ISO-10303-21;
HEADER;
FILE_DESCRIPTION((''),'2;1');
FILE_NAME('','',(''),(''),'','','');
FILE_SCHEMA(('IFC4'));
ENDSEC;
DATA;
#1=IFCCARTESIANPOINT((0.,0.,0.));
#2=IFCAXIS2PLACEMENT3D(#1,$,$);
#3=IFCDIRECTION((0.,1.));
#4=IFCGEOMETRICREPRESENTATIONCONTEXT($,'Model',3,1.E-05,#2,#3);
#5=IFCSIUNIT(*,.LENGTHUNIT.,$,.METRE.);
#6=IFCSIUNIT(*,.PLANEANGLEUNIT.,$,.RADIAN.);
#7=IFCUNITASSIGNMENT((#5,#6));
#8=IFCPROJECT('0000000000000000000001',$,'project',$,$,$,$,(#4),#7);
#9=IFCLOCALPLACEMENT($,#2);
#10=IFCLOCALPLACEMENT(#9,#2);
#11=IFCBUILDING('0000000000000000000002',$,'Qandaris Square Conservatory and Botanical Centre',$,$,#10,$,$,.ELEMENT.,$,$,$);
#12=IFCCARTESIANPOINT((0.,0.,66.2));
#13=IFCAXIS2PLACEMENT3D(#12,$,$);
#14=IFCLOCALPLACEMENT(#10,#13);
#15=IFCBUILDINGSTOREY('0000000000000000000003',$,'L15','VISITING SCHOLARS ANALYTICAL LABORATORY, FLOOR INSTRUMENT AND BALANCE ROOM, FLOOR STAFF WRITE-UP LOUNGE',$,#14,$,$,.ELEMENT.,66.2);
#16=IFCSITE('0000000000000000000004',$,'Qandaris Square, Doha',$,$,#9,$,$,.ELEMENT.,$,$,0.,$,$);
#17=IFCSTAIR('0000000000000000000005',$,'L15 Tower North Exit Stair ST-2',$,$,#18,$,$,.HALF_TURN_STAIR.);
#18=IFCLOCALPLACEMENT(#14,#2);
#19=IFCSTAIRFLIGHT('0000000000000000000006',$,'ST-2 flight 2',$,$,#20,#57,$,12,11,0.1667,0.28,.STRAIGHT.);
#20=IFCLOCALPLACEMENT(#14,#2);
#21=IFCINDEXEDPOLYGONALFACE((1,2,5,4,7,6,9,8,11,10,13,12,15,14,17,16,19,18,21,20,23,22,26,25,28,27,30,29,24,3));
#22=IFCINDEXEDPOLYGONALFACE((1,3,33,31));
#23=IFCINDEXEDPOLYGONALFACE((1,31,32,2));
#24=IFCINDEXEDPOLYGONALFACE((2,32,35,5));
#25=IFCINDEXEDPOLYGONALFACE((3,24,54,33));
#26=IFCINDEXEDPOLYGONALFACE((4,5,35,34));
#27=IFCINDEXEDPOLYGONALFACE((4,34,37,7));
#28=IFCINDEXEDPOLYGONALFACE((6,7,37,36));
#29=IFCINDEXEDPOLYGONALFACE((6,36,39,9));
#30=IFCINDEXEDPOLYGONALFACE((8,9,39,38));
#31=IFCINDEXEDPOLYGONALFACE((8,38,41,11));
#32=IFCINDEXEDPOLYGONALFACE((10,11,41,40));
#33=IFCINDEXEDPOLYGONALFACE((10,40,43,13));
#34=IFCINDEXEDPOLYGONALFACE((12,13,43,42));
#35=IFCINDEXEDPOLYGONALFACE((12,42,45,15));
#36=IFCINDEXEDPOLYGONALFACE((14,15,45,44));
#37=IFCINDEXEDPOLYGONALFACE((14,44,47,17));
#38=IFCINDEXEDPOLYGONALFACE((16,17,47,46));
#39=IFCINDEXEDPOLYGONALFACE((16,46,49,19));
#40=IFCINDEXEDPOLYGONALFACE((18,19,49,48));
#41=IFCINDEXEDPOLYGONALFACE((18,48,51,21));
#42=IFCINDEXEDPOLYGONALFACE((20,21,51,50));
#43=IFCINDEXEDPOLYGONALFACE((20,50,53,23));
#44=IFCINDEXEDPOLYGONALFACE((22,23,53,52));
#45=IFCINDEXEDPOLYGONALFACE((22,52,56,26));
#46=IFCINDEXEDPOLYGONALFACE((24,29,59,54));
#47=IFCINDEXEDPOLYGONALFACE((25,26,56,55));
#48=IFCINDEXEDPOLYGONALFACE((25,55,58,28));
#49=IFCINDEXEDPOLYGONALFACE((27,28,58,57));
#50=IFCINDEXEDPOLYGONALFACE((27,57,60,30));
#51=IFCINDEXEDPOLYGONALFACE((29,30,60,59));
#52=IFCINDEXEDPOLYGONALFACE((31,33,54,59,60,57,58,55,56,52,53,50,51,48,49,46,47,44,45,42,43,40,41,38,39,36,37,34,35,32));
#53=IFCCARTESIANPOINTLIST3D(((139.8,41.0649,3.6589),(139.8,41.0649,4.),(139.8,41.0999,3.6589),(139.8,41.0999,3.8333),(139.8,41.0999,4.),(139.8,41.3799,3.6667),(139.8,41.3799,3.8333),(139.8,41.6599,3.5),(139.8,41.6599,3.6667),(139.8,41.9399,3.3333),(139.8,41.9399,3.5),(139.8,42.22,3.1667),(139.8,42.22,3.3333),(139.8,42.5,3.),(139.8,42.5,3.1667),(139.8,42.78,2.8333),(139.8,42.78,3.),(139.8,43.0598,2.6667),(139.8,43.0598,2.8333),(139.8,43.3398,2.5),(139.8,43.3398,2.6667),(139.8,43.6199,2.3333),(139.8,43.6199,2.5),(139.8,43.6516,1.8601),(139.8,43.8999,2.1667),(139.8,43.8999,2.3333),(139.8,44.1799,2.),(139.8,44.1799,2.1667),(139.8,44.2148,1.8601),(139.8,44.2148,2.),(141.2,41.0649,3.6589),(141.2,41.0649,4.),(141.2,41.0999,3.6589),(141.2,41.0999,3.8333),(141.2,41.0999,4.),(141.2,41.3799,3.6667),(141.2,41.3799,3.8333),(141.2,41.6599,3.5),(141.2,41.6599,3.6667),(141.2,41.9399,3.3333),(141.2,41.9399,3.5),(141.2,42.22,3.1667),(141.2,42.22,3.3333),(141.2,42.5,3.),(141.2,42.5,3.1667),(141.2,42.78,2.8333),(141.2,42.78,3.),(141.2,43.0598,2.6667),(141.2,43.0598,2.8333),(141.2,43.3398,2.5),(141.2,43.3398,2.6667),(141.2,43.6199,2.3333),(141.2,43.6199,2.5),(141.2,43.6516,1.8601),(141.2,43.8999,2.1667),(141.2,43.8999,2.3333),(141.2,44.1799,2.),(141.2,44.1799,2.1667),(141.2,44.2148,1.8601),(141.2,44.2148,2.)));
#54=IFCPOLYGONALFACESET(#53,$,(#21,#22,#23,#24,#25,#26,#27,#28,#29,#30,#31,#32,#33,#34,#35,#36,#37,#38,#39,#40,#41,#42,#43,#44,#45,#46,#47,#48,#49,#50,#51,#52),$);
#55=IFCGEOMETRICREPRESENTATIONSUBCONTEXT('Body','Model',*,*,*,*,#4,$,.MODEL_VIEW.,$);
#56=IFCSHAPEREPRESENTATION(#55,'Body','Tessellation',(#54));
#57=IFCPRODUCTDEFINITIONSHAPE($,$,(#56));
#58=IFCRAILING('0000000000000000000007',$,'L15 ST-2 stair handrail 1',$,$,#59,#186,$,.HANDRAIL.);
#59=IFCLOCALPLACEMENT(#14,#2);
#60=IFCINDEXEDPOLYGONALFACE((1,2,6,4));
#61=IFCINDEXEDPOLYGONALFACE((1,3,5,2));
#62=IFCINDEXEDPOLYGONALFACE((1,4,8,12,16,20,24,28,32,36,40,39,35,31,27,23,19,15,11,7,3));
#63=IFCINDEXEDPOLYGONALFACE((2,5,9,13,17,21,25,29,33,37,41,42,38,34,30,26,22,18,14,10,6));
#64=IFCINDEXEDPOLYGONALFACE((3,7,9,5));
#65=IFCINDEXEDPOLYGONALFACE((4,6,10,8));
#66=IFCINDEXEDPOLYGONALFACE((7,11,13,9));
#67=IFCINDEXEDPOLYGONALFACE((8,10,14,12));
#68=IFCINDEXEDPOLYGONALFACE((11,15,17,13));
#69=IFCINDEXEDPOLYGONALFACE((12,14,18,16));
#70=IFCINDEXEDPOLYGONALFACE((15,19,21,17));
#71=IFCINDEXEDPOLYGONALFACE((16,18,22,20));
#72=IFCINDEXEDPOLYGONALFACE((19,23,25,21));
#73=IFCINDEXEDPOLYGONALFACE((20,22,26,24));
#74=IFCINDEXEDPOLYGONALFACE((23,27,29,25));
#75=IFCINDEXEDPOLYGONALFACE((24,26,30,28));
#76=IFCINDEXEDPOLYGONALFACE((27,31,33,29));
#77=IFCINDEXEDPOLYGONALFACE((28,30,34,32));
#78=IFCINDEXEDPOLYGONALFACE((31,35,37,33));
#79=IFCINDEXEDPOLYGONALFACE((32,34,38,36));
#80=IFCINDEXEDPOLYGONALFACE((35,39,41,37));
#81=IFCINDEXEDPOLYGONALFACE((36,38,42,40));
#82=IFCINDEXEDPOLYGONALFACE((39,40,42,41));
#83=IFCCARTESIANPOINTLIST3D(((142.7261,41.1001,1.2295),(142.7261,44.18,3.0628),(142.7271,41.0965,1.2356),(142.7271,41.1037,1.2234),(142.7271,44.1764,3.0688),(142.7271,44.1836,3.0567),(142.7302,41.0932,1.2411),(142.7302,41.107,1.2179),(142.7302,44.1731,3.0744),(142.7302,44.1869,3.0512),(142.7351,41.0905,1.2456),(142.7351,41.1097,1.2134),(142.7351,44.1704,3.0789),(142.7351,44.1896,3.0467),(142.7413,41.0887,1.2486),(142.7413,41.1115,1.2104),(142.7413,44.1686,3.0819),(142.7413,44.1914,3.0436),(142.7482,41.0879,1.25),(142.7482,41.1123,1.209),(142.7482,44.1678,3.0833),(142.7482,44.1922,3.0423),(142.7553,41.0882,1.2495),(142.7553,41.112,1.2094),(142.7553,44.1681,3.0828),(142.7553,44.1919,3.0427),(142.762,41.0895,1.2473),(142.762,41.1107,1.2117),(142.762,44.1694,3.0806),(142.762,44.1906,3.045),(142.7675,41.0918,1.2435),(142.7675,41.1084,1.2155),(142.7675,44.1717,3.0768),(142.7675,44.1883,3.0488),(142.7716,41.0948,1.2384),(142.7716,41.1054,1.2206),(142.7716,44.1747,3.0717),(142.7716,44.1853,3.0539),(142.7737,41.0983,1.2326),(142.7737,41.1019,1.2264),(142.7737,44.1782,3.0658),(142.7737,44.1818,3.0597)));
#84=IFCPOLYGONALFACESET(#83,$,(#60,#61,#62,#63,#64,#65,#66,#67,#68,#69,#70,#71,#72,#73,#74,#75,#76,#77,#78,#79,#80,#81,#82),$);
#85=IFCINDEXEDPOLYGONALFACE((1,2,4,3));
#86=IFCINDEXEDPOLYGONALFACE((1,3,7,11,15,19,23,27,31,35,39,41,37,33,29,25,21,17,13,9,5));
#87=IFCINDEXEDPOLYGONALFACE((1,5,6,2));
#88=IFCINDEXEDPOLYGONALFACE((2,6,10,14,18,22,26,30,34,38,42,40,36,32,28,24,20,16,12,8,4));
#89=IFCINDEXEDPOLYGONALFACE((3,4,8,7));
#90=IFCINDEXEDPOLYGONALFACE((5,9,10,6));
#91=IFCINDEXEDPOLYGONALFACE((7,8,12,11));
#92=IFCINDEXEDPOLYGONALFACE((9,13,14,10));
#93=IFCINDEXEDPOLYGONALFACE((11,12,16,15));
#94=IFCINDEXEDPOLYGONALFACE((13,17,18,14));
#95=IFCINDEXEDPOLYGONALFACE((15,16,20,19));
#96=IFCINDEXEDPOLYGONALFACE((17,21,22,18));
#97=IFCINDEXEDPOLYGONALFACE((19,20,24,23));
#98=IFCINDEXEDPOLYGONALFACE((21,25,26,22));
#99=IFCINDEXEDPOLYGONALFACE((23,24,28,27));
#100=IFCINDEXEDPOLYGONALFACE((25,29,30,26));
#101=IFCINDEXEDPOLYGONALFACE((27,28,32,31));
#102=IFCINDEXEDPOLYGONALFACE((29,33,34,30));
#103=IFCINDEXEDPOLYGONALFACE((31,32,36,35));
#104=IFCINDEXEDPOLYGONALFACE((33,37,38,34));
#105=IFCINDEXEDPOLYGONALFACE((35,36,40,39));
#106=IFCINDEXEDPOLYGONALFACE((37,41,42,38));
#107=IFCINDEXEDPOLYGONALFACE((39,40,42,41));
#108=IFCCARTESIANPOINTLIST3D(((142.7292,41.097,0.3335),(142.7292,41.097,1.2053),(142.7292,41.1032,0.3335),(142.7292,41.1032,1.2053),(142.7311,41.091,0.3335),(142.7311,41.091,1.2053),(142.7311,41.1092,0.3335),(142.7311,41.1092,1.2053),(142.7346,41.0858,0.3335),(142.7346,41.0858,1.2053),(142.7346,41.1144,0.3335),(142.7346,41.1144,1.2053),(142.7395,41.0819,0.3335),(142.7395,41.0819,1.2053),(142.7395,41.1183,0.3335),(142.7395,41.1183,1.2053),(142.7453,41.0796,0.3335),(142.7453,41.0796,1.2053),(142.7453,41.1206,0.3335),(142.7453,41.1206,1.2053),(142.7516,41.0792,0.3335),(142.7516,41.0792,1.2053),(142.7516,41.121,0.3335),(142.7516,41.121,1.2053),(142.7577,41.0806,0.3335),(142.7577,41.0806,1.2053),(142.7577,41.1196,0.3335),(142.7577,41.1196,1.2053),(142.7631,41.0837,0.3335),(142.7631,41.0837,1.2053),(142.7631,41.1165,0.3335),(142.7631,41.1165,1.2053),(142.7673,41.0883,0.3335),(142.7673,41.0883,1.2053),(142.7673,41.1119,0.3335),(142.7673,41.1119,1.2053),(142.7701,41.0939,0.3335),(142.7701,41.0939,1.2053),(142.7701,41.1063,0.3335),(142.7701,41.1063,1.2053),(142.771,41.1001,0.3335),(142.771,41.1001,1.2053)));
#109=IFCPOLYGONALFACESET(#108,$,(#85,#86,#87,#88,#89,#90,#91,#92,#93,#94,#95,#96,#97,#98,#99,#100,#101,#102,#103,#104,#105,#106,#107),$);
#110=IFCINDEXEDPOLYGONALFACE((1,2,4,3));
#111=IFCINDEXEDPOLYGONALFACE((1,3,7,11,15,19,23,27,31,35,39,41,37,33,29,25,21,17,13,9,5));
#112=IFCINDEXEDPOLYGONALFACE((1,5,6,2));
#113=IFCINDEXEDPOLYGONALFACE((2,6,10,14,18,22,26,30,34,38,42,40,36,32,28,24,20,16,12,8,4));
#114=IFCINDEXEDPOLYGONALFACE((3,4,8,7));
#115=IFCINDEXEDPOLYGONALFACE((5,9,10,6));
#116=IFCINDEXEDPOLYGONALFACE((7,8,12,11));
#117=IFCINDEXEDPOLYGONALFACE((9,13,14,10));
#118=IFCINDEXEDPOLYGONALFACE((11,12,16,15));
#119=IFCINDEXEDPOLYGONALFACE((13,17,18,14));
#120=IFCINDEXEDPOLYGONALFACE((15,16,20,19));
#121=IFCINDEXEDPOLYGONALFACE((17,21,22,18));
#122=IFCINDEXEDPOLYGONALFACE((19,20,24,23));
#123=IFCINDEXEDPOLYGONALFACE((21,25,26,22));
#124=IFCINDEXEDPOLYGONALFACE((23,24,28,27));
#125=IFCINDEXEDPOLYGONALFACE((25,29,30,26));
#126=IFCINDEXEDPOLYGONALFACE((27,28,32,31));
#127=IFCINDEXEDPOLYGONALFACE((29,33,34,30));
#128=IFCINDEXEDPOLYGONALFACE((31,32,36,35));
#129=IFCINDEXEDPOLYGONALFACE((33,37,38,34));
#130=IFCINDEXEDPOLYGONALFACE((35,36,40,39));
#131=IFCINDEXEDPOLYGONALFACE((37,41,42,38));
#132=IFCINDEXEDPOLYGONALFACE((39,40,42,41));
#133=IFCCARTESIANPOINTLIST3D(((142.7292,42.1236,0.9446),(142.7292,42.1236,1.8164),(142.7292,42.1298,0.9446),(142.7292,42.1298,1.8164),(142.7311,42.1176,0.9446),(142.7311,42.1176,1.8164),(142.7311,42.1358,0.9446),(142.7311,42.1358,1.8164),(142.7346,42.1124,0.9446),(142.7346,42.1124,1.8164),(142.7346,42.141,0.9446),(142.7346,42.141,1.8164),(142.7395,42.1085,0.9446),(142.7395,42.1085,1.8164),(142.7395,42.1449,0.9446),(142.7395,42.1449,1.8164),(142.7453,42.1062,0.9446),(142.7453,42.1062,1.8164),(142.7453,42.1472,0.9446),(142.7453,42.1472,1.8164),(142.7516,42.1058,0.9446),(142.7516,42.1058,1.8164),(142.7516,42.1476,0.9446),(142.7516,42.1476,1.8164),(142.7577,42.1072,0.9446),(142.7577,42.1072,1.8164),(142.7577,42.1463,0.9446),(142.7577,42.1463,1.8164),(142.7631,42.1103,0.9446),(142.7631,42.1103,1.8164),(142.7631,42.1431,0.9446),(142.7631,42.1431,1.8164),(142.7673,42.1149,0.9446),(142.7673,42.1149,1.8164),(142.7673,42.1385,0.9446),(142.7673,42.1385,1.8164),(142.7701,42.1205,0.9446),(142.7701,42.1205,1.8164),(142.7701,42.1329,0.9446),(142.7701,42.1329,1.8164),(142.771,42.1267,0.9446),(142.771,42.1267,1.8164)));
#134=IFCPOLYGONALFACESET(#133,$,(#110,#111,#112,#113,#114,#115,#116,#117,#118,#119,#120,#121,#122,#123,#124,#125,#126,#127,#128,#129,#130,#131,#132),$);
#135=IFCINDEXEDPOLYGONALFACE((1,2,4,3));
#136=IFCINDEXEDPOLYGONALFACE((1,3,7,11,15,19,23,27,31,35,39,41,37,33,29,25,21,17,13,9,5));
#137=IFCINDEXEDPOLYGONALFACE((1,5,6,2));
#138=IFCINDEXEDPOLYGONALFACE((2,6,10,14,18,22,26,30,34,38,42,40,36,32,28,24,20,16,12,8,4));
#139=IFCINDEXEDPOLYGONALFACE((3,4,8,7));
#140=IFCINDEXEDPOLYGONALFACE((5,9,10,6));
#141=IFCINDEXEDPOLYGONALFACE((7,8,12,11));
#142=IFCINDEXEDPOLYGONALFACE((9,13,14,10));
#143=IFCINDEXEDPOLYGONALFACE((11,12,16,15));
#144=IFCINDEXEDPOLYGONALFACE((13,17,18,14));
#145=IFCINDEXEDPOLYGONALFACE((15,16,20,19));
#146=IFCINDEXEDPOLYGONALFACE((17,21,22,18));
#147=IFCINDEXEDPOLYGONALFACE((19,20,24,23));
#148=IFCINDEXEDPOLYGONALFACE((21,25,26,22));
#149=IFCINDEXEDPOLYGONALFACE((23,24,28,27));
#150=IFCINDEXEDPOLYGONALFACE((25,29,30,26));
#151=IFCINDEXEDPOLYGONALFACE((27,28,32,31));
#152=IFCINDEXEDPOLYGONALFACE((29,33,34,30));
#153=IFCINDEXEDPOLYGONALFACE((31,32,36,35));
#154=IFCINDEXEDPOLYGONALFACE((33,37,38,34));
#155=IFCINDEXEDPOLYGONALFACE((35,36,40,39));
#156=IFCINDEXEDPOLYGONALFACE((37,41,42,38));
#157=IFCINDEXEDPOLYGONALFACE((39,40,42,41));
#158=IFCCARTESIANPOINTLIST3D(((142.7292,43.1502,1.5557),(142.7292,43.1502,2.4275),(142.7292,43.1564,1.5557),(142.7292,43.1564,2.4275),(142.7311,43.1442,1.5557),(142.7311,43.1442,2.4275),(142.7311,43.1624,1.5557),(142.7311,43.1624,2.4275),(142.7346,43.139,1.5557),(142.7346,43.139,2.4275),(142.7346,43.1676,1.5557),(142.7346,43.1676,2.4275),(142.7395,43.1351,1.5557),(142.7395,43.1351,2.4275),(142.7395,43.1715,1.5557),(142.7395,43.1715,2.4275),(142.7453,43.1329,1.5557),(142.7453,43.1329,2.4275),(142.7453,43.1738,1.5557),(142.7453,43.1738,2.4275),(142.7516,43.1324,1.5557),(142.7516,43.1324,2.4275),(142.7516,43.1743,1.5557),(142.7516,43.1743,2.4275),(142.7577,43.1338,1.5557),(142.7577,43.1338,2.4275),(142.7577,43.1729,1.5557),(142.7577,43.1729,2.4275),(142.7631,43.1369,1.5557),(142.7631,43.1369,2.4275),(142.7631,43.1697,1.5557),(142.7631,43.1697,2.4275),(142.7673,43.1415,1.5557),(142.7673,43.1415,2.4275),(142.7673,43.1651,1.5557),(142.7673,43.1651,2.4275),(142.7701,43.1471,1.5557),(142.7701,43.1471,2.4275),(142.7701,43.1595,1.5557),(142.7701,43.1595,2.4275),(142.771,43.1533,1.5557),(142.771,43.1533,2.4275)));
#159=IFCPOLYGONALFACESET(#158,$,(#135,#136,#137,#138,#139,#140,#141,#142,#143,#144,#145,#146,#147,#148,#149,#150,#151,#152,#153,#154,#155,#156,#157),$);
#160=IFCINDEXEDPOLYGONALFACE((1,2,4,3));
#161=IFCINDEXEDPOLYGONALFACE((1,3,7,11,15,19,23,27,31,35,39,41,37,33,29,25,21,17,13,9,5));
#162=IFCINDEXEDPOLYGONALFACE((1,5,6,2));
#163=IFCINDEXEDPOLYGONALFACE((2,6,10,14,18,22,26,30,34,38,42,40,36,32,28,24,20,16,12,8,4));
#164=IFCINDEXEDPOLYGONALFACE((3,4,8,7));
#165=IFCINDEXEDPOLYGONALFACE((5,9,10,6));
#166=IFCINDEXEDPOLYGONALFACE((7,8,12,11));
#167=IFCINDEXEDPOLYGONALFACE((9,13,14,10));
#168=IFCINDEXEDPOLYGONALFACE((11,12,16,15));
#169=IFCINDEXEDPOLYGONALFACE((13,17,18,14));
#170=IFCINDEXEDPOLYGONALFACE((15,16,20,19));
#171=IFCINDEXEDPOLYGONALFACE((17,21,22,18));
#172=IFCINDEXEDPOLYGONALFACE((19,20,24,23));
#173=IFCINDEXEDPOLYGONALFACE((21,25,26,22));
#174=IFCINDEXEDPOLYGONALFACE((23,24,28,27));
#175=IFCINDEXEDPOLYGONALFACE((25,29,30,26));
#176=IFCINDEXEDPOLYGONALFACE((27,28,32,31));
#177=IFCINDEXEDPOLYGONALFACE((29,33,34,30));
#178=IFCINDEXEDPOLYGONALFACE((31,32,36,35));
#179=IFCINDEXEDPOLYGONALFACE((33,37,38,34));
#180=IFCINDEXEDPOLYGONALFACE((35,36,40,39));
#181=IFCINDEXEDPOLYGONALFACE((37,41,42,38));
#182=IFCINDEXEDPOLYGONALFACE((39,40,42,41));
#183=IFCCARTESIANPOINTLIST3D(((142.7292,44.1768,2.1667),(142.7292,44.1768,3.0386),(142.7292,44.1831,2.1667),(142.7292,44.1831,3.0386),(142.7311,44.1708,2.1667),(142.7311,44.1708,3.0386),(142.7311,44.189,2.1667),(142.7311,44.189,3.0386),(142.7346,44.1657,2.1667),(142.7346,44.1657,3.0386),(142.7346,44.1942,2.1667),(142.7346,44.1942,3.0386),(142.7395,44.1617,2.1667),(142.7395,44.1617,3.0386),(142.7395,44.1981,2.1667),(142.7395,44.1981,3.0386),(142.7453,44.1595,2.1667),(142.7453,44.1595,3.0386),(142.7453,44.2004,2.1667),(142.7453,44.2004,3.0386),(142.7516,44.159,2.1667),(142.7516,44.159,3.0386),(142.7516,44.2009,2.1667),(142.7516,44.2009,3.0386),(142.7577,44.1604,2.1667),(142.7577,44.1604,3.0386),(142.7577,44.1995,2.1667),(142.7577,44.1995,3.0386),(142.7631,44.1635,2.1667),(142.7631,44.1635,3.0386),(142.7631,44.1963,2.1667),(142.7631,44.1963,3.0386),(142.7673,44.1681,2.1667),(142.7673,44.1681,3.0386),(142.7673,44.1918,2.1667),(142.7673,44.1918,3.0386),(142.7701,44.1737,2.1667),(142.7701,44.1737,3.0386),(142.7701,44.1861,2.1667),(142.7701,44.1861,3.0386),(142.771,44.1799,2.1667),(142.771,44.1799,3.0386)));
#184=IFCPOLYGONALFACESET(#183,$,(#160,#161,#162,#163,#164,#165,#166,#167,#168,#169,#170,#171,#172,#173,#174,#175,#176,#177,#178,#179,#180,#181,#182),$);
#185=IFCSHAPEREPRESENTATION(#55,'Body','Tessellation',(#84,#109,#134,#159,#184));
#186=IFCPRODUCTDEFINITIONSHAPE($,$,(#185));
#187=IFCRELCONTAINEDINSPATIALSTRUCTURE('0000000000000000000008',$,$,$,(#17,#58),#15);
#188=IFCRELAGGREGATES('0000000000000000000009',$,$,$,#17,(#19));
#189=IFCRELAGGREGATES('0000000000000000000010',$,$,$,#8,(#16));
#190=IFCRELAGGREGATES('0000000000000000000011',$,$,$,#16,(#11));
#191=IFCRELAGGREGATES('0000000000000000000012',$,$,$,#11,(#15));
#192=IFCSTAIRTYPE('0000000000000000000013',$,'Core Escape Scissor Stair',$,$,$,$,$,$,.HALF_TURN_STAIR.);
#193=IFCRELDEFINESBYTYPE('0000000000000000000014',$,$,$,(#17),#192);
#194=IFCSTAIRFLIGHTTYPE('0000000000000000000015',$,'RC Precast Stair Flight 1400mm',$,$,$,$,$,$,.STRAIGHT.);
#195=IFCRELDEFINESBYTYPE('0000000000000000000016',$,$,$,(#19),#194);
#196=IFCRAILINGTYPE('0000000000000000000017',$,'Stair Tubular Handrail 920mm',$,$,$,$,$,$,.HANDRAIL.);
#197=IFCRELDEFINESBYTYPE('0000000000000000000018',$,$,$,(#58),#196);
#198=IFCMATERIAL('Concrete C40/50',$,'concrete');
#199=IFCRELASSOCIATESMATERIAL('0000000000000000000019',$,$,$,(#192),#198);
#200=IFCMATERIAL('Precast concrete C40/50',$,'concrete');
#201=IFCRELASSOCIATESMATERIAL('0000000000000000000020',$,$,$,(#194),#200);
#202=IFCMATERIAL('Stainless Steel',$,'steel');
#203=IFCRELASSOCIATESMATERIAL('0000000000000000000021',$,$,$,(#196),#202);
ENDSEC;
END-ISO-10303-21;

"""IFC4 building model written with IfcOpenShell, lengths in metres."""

from ifc_helpers import new_model, si_unit, direction, frame, origin, origin_2d, place, context, subcontext, project, spatial, polyline, circle, outline, extrude, material, type_object, element, aggregate, save


model = new_model("IFC4")

# Units and contexts
model_context = context("Model", 3, precision=1e-05, world=origin(), true_north=direction((0.0, 1.0)))
body_context = subcontext(model_context, "Body", "Model", "MODEL_VIEW")
ifc_project = project(units=[si_unit("LENGTHUNIT", "METRE"), si_unit("PLANEANGLEUNIT", "RADIAN")], contexts=[model_context])

# Site, building, storey
site_placement = place(None, origin())
site = spatial("IfcSite", under=ifc_project, at=site_placement, Name="Qandaris Square, Doha", CompositionType="ELEMENT", RefElevation=0.0)
building_placement = place(site_placement, origin())
building = spatial("IfcBuilding", under=site, at=building_placement, Name="Qandaris Square Conservatory and Botanical Centre", CompositionType="ELEMENT")
storey_placement = place(building_placement, frame((0.0, 0.0, 66.2)))
storey = spatial("IfcBuildingStorey", under=building, at=storey_placement, Name="L15", Description="VISITING SCHOLARS ANALYTICAL LABORATORY, FLOOR INSTRUMENT AND BALANCE ROOM, FLOOR STAFF WRITE-UP LOUNGE", CompositionType="ELEMENT", Elevation=66.2)

# Shared definitions
ifc_material_1 = material(Name="Precast concrete C40/50", Category="concrete")

# Stair, stair flight
ifc_material_2 = material(Name="Concrete C40/50", Category="concrete")
stair_type = type_object("IfcStairType", Name="Core Escape Scissor Stair", PredefinedType="HALF_TURN_STAIR", material=ifc_material_2)
stair_placement = place(storey_placement, origin())
stair = element("IfcStair", 1, at=stair_placement, inside=storey, type_object=stair_type, Name="L15 Tower North Exit Stair ST-2", PredefinedType="HALF_TURN_STAIR")
stair_flight_type = type_object("IfcStairFlightType", Name="RC Precast Stair Flight 1400mm", PredefinedType="STRAIGHT", material=ifc_material_1)
stair_flight_1_placement = place(storey_placement, frame((140.5, 44.1799, 2.0), z_axis=(0.0, 0.0, 1.0), x_axis=(0.0, -1.0, 0.0)))
stair_flight_1 = element("IfcStairFlight", 2, at=stair_flight_1_placement, type_object=stair_flight_type, Name="ST-2 flight 2", NumberOfRisers=12, NumberOfTreads=11, PredefinedType="STRAIGHT", RiserHeight=0.1667, TreadLength=0.28, context=body_context, shape_type="SweptSolid", body=[
    extrude(outline(polyline([(-0.0349, 0.0), (0.0, 0.0), (0.0, 0.1667), (0.28, 0.1667), (0.28, 0.3333), (0.5601, 0.3333), (0.5601, 0.5), (0.8401, 0.5), (0.8401, 0.6667), (1.1201, 0.6667), (1.1201, 0.8333), (1.3999, 0.8333), (1.3999, 1.0), (1.6799, 1.0), (1.6799, 1.1667), (1.96, 1.1667), (1.96, 1.3333), (2.24, 1.3333), (2.24, 1.5), (2.52, 1.5), (2.52, 1.6667), (2.8, 1.6667), (2.8, 1.8333), (3.0801, 1.8333), (3.0801, 2.0), (3.115, 2.0), (3.115, 1.6589), (3.0801, 1.6589), (0.5283, -0.1399), (-0.0349, -0.1399), (-0.0349, 0.0)])), frame((0.0, 0.7, 0.0), z_axis=(0.0, -1.0, 0.0), x_axis=(1.0, 0.0, 0.0)), (0.0, 0.0, 1.0), 1.3999),
])
aggregate(stair, [stair_flight_1])

# Railing
ifc_material_3 = material(Name="Stainless Steel", Category="steel")
railing_type_1 = type_object("IfcRailingType", Name="Stair Tubular Handrail 920mm", PredefinedType="HANDRAIL", material=ifc_material_3)
railing_1_placement = place(storey_placement, frame((142.75, 41.1001, 0.3335)))
element("IfcRailing", 3, at=railing_1_placement, inside=storey, type_object=railing_type_1, Name="L15 ST-2 stair handrail 1", PredefinedType="HANDRAIL", context=body_context, shape_type="SweptSolid", body=[
    extrude(circle(Radius=0.0239, at=origin_2d()), frame((0.0, 0.0, 0.896), z_axis=(0.0, 0.859291, 0.511487), x_axis=(-1.0, 0.0, 0.0)), (0.0, 0.0, 1.0), 3.5842),
    extrude(circle(Radius=0.021, at=origin_2d()), origin(), (0.0, 0.0, 1.0), 0.8718),
    extrude(circle(Radius=0.021, at=origin_2d()), frame((0.0, 1.0266, 0.6111)), (0.0, 0.0, 1.0), 0.8718),
    extrude(circle(Radius=0.021, at=origin_2d()), frame((0.0, 2.0532, 1.2222)), (0.0, 0.0, 1.0), 0.8718),
    extrude(circle(Radius=0.021, at=origin_2d()), frame((0.0, 3.0798, 1.8333)), (0.0, 0.0, 1.0), 0.8718),
])

save(model, "model.ifc")
